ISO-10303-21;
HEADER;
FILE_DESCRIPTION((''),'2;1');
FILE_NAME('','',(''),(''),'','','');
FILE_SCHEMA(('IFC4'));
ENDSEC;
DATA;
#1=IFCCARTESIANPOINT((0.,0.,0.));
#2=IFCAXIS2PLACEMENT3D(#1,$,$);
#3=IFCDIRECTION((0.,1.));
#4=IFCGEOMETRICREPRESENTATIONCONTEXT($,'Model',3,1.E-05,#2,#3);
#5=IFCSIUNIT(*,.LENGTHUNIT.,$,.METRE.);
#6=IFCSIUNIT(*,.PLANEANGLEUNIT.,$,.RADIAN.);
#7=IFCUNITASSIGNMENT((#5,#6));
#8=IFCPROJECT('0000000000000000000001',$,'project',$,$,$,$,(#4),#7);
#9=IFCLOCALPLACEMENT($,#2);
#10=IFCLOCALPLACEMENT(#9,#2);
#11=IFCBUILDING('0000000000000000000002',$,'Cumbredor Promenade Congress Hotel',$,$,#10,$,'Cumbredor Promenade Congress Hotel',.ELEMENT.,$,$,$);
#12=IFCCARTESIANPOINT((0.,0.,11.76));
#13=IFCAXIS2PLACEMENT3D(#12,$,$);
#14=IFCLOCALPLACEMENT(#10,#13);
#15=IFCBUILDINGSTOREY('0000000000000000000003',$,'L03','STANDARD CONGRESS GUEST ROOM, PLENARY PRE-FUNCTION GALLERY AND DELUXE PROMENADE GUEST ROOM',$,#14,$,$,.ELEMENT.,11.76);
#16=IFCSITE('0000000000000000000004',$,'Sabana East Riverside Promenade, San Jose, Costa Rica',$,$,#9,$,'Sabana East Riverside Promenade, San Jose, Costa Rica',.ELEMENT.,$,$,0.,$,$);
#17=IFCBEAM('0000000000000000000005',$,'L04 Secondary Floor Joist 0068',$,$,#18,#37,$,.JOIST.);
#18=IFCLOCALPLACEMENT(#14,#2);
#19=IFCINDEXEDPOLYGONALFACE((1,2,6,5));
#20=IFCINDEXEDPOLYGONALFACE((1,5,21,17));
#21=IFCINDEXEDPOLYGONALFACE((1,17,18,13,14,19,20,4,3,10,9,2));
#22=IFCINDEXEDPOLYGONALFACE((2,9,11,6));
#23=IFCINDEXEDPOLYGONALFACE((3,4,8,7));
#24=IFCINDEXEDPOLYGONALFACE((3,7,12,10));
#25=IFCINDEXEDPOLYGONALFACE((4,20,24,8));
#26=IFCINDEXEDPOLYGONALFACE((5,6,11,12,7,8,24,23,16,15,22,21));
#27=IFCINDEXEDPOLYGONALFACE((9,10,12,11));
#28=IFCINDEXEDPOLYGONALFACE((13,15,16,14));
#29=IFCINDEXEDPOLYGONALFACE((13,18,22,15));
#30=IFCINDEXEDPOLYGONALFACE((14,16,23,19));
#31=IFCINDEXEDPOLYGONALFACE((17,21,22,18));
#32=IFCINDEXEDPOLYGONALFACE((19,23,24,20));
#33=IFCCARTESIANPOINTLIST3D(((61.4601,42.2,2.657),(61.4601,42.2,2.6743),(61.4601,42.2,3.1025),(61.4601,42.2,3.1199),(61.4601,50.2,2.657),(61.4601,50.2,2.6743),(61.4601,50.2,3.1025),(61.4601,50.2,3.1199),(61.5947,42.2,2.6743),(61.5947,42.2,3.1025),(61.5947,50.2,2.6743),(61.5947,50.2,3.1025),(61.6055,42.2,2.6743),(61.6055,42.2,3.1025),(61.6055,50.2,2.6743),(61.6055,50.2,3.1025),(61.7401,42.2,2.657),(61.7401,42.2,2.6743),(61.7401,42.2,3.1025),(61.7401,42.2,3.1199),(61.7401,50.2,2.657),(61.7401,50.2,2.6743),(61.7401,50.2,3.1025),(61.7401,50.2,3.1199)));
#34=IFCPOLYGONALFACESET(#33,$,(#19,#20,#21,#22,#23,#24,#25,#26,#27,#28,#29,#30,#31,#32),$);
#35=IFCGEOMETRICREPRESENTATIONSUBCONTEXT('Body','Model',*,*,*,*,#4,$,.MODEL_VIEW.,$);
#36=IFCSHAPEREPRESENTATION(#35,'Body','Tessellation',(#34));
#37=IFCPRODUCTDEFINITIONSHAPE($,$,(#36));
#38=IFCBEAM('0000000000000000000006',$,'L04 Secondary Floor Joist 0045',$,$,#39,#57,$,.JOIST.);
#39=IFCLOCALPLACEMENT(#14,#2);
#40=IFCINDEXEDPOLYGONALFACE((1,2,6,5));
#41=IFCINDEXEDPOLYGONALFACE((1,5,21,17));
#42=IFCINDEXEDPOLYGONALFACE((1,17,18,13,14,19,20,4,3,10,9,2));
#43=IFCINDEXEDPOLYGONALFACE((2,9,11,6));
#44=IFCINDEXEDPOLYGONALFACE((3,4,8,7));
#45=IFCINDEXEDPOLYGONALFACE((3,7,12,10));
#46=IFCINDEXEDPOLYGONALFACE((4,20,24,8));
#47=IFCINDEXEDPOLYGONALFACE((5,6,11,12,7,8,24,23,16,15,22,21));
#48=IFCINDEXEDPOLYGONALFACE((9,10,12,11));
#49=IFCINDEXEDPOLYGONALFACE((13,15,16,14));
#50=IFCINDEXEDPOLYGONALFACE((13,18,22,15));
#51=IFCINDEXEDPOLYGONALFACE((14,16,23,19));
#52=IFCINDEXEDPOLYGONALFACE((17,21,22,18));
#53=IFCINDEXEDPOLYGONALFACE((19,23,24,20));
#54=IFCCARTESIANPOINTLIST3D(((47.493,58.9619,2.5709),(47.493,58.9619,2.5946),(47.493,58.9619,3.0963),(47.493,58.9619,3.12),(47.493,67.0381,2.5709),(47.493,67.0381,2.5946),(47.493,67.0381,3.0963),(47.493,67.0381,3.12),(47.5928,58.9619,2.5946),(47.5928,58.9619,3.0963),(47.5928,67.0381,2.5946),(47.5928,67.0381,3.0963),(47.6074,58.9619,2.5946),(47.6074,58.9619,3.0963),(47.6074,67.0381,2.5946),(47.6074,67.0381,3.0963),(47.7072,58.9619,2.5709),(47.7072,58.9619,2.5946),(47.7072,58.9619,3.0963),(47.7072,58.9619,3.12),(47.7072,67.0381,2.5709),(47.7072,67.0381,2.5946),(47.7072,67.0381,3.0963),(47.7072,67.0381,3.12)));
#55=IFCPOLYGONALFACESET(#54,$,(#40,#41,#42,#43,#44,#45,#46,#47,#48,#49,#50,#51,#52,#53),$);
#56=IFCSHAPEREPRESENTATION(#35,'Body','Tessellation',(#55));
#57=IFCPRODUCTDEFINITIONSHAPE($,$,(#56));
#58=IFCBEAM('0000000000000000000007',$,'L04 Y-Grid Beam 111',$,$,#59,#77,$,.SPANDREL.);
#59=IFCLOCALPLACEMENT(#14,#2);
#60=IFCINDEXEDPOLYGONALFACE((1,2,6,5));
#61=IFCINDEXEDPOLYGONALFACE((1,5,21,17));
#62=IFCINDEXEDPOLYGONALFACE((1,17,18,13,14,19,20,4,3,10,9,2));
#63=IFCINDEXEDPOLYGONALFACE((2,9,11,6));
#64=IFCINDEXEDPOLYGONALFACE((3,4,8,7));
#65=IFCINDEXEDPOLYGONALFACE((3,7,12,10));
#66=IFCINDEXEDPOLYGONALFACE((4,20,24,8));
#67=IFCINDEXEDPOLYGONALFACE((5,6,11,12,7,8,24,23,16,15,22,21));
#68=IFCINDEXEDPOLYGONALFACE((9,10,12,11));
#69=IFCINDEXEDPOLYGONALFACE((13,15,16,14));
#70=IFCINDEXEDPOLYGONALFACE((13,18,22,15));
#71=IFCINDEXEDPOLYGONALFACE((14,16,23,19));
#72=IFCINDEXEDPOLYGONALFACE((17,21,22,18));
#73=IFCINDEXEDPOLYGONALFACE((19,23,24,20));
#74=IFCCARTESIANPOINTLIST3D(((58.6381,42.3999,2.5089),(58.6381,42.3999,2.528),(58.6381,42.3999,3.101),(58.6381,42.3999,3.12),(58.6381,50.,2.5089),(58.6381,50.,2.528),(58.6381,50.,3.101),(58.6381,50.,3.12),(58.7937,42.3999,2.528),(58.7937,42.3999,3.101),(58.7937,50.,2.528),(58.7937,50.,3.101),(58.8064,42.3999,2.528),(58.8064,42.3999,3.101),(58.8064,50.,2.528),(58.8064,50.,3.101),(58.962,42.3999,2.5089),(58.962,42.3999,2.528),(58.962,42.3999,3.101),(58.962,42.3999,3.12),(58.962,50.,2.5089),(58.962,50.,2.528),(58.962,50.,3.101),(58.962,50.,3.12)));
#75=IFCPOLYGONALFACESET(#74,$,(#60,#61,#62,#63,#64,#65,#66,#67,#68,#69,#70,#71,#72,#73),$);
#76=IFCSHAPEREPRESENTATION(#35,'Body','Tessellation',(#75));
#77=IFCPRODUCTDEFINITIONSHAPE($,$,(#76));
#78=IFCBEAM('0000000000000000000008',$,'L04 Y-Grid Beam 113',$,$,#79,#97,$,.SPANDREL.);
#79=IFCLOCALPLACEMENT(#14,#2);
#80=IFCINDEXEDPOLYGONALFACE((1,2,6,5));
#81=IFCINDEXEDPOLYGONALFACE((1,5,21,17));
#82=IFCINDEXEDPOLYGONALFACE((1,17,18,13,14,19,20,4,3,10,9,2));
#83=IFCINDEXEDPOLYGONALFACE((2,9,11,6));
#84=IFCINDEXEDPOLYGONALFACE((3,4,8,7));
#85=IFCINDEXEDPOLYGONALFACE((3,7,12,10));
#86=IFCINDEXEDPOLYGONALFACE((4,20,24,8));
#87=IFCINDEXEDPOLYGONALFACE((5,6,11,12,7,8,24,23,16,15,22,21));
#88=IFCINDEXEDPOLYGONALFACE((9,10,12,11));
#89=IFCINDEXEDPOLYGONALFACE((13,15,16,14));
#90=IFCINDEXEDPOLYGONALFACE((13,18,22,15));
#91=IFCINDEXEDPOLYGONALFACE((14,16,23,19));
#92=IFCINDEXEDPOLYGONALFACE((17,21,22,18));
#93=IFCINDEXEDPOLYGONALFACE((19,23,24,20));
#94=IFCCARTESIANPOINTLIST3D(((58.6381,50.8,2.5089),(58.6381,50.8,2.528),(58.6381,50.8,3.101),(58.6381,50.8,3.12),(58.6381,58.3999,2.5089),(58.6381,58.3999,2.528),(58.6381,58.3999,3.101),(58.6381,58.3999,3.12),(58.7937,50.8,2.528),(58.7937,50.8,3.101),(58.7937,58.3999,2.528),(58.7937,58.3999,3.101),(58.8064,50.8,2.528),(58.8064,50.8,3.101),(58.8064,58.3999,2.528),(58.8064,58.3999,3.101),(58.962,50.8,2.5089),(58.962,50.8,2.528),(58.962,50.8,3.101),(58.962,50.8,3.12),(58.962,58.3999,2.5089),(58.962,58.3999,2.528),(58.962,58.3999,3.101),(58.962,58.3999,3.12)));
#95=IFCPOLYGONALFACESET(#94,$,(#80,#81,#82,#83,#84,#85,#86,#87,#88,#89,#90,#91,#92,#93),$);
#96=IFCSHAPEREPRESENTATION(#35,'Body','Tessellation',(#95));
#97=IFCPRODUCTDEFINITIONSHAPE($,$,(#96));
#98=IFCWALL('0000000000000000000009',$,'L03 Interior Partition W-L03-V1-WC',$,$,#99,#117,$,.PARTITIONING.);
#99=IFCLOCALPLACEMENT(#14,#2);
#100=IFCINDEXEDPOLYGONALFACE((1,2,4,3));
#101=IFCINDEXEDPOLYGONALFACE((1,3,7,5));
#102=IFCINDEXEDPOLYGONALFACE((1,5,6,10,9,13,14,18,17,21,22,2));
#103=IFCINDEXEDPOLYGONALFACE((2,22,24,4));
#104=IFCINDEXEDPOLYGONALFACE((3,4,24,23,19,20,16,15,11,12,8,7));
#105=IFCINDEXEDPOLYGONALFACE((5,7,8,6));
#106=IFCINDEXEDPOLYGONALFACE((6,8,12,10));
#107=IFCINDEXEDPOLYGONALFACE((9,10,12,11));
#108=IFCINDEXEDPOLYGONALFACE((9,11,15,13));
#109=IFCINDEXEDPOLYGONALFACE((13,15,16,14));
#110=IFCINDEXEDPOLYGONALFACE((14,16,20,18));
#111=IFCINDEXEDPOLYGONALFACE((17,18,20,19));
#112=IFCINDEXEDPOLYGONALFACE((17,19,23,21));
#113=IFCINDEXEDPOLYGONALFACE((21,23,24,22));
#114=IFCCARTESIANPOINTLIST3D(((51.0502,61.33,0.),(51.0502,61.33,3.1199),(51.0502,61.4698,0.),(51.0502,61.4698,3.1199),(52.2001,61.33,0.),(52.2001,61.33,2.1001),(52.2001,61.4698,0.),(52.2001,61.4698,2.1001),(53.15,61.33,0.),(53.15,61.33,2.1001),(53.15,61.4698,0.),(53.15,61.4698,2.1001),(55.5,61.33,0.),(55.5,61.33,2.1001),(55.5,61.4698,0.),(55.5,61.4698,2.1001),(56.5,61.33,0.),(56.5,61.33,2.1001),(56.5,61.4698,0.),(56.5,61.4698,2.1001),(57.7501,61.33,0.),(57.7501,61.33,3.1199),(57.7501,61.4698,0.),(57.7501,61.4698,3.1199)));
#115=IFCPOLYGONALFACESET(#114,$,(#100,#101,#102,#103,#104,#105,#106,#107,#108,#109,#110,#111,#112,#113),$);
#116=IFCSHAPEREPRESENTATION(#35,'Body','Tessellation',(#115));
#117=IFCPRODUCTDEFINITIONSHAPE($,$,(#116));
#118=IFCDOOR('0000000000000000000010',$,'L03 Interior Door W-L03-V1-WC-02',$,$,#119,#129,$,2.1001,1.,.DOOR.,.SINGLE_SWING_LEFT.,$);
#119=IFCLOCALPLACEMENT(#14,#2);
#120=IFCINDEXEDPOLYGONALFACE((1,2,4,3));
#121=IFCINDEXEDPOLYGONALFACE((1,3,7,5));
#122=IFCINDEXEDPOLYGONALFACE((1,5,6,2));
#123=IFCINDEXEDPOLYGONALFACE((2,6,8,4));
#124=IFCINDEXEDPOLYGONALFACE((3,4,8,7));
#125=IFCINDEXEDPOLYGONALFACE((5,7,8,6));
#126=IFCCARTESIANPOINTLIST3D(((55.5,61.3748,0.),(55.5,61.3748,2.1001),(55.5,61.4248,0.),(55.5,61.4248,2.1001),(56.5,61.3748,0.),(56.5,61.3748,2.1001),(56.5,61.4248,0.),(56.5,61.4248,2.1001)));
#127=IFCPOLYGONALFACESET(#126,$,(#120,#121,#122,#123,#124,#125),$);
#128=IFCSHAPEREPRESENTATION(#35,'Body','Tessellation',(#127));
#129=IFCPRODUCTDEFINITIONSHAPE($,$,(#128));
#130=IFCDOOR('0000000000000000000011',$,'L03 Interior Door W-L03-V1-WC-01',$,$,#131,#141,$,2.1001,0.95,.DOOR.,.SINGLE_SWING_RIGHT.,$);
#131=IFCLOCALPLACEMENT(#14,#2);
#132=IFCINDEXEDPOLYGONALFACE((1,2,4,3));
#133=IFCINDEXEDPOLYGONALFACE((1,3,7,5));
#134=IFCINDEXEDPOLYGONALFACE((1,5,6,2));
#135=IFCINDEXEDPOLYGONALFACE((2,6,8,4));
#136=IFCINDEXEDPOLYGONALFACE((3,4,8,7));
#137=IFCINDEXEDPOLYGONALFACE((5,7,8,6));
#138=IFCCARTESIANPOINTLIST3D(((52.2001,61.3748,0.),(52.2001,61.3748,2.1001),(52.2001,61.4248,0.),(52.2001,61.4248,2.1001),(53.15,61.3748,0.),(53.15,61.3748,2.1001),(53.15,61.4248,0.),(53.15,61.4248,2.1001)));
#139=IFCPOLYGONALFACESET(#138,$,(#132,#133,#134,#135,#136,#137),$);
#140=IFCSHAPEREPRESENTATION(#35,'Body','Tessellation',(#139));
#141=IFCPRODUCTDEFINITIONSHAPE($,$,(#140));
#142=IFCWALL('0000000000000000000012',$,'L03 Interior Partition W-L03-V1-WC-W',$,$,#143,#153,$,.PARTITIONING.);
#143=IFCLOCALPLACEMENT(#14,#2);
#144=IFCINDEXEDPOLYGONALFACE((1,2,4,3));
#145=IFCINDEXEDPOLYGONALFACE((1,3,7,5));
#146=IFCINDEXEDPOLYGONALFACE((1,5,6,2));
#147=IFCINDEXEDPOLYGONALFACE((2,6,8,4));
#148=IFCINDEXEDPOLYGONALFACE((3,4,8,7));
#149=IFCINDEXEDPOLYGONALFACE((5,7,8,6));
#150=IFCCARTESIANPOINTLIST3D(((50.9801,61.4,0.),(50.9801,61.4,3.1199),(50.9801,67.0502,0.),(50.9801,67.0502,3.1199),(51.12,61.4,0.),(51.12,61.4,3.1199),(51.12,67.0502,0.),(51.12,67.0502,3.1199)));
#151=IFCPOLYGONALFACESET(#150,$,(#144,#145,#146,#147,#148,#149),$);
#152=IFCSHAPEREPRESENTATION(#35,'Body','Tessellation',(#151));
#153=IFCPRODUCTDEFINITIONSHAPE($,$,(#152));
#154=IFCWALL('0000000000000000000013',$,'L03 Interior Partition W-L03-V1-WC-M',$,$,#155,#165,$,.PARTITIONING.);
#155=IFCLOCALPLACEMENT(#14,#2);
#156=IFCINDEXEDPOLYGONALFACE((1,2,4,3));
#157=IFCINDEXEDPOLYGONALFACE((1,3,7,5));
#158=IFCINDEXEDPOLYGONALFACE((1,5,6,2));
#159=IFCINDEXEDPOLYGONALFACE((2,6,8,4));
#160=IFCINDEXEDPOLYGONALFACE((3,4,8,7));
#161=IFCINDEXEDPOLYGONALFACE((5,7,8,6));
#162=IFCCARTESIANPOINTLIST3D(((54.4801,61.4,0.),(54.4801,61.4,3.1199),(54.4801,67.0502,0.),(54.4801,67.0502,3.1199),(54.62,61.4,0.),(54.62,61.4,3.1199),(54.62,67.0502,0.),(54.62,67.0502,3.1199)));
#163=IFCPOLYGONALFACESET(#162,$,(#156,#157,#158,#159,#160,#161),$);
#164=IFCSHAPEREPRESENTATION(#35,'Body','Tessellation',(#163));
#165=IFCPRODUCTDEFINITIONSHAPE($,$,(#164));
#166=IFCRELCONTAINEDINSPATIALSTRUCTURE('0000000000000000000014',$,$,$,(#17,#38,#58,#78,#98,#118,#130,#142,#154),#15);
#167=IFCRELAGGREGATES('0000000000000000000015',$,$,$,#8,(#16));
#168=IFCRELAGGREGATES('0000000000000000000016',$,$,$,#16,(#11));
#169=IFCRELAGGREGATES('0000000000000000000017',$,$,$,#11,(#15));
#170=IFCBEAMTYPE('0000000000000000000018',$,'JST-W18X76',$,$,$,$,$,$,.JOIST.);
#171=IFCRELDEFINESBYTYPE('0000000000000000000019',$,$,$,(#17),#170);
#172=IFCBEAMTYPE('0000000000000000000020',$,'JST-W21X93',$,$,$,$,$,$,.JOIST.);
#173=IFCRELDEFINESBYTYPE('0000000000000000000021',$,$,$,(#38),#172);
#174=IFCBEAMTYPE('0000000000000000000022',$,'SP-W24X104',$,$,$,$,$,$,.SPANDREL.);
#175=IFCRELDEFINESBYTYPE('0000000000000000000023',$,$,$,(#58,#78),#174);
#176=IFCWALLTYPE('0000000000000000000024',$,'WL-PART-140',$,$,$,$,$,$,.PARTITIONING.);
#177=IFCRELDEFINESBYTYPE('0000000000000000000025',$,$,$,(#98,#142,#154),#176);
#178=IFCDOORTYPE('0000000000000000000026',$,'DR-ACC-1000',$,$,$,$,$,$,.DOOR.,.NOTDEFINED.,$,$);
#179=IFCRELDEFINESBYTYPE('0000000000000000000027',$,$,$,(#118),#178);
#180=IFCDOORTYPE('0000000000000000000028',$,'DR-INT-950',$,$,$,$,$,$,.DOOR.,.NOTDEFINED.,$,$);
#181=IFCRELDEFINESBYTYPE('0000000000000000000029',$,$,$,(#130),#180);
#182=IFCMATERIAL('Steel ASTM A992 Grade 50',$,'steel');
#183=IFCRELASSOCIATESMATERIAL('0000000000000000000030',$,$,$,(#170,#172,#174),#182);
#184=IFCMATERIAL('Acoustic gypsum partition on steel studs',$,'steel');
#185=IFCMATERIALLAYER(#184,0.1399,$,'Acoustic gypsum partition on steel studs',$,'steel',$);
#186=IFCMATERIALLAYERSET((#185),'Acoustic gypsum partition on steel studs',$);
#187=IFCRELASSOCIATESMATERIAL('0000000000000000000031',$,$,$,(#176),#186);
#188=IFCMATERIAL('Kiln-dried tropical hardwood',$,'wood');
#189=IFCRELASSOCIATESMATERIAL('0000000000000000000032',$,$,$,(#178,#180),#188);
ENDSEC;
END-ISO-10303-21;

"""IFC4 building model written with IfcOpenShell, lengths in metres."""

from ifc_helpers import new_model, si_unit, direction, frame, frame_2d, origin, origin_2d, place, context, subcontext, project, spatial, rectangle, i_section, extrude, material, layer, layer_set, material_profile, profile_set, type_object, element, fill, save


model = new_model("IFC4")

# Units and contexts
model_context = context("Model", 3, precision=1e-05, world=origin(), true_north=direction((0.0, 1.0)))
body_context = subcontext(model_context, "Body", "Model", "MODEL_VIEW")
ifc_project = project(units=[si_unit("LENGTHUNIT", "METRE"), si_unit("PLANEANGLEUNIT", "RADIAN")], contexts=[model_context])

# Site, building, storey
site_placement = place(None, origin())
site = spatial("IfcSite", under=ifc_project, at=site_placement, Name="Sabana East Riverside Promenade, San Jose, Costa Rica", LongName="Sabana East Riverside Promenade, San Jose, Costa Rica", CompositionType="ELEMENT", RefElevation=0.0)
building_placement = place(site_placement, origin())
building = spatial("IfcBuilding", under=site, at=building_placement, Name="Cumbredor Promenade Congress Hotel", LongName="Cumbredor Promenade Congress Hotel", CompositionType="ELEMENT")
storey_placement = place(building_placement, frame((0.0, 0.0, 11.76)))
storey = spatial("IfcBuildingStorey", under=building, at=storey_placement, Name="L03", Description="STANDARD CONGRESS GUEST ROOM, PLENARY PRE-FUNCTION GALLERY AND DELUXE PROMENADE GUEST ROOM", CompositionType="ELEMENT", Elevation=11.76)

# Beams
ifc_material_1 = material(Name="Steel ASTM A992 Grade 50", Category="steel")
ifc_material_profile_1 = material_profile(ifc_material_1, i_section(OverallWidth=0.28, OverallDepth=0.4629, WebThickness=0.0107, FlangeThickness=0.0173, at=origin_2d()), Name="W18X76")
ifc_profile_set_1 = profile_set([ifc_material_profile_1], Name="Steel ASTM A992 Grade 50")
beam_type_1 = type_object("IfcBeamType", Name="JST-W18X76", PredefinedType="JOIST", material=ifc_profile_set_1)
beam_1_placement = place(storey_placement, frame((61.6001, 42.2, 2.8884), z_axis=(0.0, 1.0, 0.0), x_axis=(-1.0, 0.0, 0.0)))
element("IfcBeam", 1, at=beam_1_placement, inside=storey, type_object=beam_type_1, Name="L04 Secondary Floor Joist 0068", PredefinedType="JOIST", context=body_context, shape_type="SweptSolid", body=[
    extrude(i_section(OverallWidth=0.28, OverallDepth=0.4629, WebThickness=0.0107, FlangeThickness=0.0173, at=origin_2d()), origin(), (0.0, 0.0, 1.0), 8.0),
])
ifc_material_profile_2 = material_profile(ifc_material_1, i_section(OverallWidth=0.2141, OverallDepth=0.5491, WebThickness=0.0146, FlangeThickness=0.0237, at=origin_2d()), Name="W21X93")
ifc_profile_set_2 = profile_set([ifc_material_profile_2], Name="Steel ASTM A992 Grade 50")
beam_type_2 = type_object("IfcBeamType", Name="JST-W21X93", PredefinedType="JOIST", material=ifc_profile_set_2)
beam_2_placement = place(storey_placement, frame((47.6001, 58.9619, 2.8455), z_axis=(0.0, 1.0, 0.0), x_axis=(-1.0, 0.0, 0.0)))
element("IfcBeam", 2, at=beam_2_placement, inside=storey, type_object=beam_type_2, Name="L04 Secondary Floor Joist 0045", PredefinedType="JOIST", context=body_context, shape_type="SweptSolid", body=[
    extrude(i_section(OverallWidth=0.2141, OverallDepth=0.5491, WebThickness=0.0146, FlangeThickness=0.0237, at=origin_2d()), origin(), (0.0, 0.0, 1.0), 8.0762),
])
ifc_material_profile_3 = material_profile(ifc_material_1, i_section(OverallWidth=0.324, OverallDepth=0.6111, WebThickness=0.0127, FlangeThickness=0.019, at=origin_2d()), Name="W24X104")
ifc_profile_set_3 = profile_set([ifc_material_profile_3], Name="Steel ASTM A992 Grade 50")
beam_type_3 = type_object("IfcBeamType", Name="SP-W24X104", PredefinedType="SPANDREL", material=ifc_profile_set_3)
beam_3_placement = place(storey_placement, frame((58.8, 42.3999, 2.8145), z_axis=(0.0, 1.0, 0.0), x_axis=(-1.0, 0.0, 0.0)))
element("IfcBeam", 3, at=beam_3_placement, inside=storey, type_object=beam_type_3, Name="L04 Y-Grid Beam 111", PredefinedType="SPANDREL", context=body_context, shape_type="SweptSolid", body=[
    extrude(i_section(OverallWidth=0.324, OverallDepth=0.6111, WebThickness=0.0127, FlangeThickness=0.019, at=origin_2d()), origin(), (0.0, 0.0, 1.0), 7.6001),
])
beam_4_placement = place(storey_placement, frame((58.8, 50.8, 2.8145), z_axis=(0.0, 1.0, 0.0), x_axis=(-1.0, 0.0, 0.0)))
element("IfcBeam", 4, at=beam_4_placement, inside=storey, type_object=beam_type_3, Name="L04 Y-Grid Beam 113", PredefinedType="SPANDREL", context=body_context, shape_type="SweptSolid", body=[
    extrude(i_section(OverallWidth=0.324, OverallDepth=0.6111, WebThickness=0.0127, FlangeThickness=0.019, at=origin_2d()), origin(), (0.0, 0.0, 1.0), 7.5999),
])

# Wall, openings, doors
ifc_material_2 = material(Name="Acoustic gypsum partition on steel studs", Category="steel")
ifc_layer = layer(ifc_material_2, 0.1399, Name="Acoustic gypsum partition on steel studs", Category="steel")
ifc_layer_set = layer_set([ifc_layer], Name="Acoustic gypsum partition on steel studs")
wall_type = type_object("IfcWallType", Name="WL-PART-140", PredefinedType="PARTITIONING", material=ifc_layer_set)
wall_placement = place(storey_placement, frame((51.05, 61.3999, 0.0), z_axis=(0.0, 0.0, 1.0), x_axis=(1.0, 0.0, 0.0)))
wall = element("IfcWall", 5, at=wall_placement, inside=storey, type_object=wall_type, Name="L03 Interior Partition W-L03-V1-WC", PredefinedType="PARTITIONING", context=body_context, shape_type="SweptSolid", body=[
    extrude(rectangle(XDim=6.7, YDim=0.1399, at=frame_2d((3.3501, 0.0))), origin(), (0.0, 0.0, 1.0), 3.1199),
])
opening_1_placement = place(wall_placement, frame((1.1499, 0.0, 0.0)))
opening_1 = element("IfcOpeningElement", 6, at=opening_1_placement, cuts=wall, PredefinedType="OPENING", context=body_context, shape_type="SweptSolid", body=[
    extrude(rectangle(XDim=0.95, YDim=2.1001, at=frame_2d((0.4751, 1.05))), frame((0.0, 0.0801, 0.0), z_axis=(0.0, -1.0, 0.0), x_axis=(1.0, 0.0, 0.0)), (0.0, 0.0, 1.0), 0.1599),
])
opening_2_placement = place(wall_placement, frame((4.45, 0.0, 0.0)))
opening_2 = element("IfcOpeningElement", 7, at=opening_2_placement, cuts=wall, PredefinedType="OPENING", context=body_context, shape_type="SweptSolid", body=[
    extrude(rectangle(XDim=1.0, YDim=2.1001, at=frame_2d((0.5, 1.05))), frame((0.0, 0.0801, 0.0), z_axis=(0.0, -1.0, 0.0), x_axis=(1.0, 0.0, 0.0)), (0.0, 0.0, 1.0), 0.1599),
])
ifc_material_3 = material(Name="Kiln-dried tropical hardwood", Category="wood")
door_type_1 = type_object("IfcDoorType", Name="DR-ACC-1000", OperationType="NOTDEFINED", PredefinedType="DOOR", material=ifc_material_3)
door_1_placement = place(opening_2_placement, origin())
door_1 = element("IfcDoor", 8, at=door_1_placement, inside=storey, type_object=door_type_1, Name="L03 Interior Door W-L03-V1-WC-02", OperationType="SINGLE_SWING_LEFT", OverallHeight=2.1001, OverallWidth=1.0, PredefinedType="DOOR", context=body_context, shape_type="SweptSolid", body=[
    extrude(rectangle(XDim=1.0, YDim=2.1001, at=frame_2d((0.5, 1.05))), frame((0.0, 0.0249, 0.0), z_axis=(0.0, -1.0, 0.0), x_axis=(1.0, 0.0, 0.0)), (0.0, 0.0, 1.0), 0.05),
])
fill(opening_2, door_1)
door_type_2 = type_object("IfcDoorType", Name="DR-INT-950", OperationType="NOTDEFINED", PredefinedType="DOOR", material=ifc_material_3)
door_2_placement = place(opening_1_placement, origin())
door_2 = element("IfcDoor", 9, at=door_2_placement, inside=storey, type_object=door_type_2, Name="L03 Interior Door W-L03-V1-WC-01", OperationType="SINGLE_SWING_RIGHT", OverallHeight=2.1001, OverallWidth=0.95, PredefinedType="DOOR", context=body_context, shape_type="SweptSolid", body=[
    extrude(rectangle(XDim=0.95, YDim=2.1001, at=frame_2d((0.4751, 1.05))), frame((0.0, 0.0249, 0.0), z_axis=(0.0, -1.0, 0.0), x_axis=(1.0, 0.0, 0.0)), (0.0, 0.0, 1.0), 0.05),
])
fill(opening_1, door_2)

# Walls
for number, where, z_axis, x_axis, name in (
    (10, (51.05, 61.3999, 0.0), (0.0, 0.0, 1.0), (0.0, 1.0, 0.0), "L03 Interior Partition W-L03-V1-WC-W"),
    (11, (54.55, 61.3999, 0.0), (0.0, 0.0, 1.0), (0.0, 1.0, 0.0), "L03 Interior Partition W-L03-V1-WC-M"),
):
    element("IfcWall", number, at=place(storey_placement, frame(where, z_axis=z_axis, x_axis=x_axis)), inside=storey, type_object=wall_type, Name=name, PredefinedType="PARTITIONING", context=body_context, shape_type="SweptSolid", body=[
        extrude(rectangle(XDim=5.6501, YDim=0.1399, at=frame_2d((2.8252, 0.0))), origin(), (0.0, 0.0, 1.0), 3.1199),
    ])

save(model, "model.ifc")
